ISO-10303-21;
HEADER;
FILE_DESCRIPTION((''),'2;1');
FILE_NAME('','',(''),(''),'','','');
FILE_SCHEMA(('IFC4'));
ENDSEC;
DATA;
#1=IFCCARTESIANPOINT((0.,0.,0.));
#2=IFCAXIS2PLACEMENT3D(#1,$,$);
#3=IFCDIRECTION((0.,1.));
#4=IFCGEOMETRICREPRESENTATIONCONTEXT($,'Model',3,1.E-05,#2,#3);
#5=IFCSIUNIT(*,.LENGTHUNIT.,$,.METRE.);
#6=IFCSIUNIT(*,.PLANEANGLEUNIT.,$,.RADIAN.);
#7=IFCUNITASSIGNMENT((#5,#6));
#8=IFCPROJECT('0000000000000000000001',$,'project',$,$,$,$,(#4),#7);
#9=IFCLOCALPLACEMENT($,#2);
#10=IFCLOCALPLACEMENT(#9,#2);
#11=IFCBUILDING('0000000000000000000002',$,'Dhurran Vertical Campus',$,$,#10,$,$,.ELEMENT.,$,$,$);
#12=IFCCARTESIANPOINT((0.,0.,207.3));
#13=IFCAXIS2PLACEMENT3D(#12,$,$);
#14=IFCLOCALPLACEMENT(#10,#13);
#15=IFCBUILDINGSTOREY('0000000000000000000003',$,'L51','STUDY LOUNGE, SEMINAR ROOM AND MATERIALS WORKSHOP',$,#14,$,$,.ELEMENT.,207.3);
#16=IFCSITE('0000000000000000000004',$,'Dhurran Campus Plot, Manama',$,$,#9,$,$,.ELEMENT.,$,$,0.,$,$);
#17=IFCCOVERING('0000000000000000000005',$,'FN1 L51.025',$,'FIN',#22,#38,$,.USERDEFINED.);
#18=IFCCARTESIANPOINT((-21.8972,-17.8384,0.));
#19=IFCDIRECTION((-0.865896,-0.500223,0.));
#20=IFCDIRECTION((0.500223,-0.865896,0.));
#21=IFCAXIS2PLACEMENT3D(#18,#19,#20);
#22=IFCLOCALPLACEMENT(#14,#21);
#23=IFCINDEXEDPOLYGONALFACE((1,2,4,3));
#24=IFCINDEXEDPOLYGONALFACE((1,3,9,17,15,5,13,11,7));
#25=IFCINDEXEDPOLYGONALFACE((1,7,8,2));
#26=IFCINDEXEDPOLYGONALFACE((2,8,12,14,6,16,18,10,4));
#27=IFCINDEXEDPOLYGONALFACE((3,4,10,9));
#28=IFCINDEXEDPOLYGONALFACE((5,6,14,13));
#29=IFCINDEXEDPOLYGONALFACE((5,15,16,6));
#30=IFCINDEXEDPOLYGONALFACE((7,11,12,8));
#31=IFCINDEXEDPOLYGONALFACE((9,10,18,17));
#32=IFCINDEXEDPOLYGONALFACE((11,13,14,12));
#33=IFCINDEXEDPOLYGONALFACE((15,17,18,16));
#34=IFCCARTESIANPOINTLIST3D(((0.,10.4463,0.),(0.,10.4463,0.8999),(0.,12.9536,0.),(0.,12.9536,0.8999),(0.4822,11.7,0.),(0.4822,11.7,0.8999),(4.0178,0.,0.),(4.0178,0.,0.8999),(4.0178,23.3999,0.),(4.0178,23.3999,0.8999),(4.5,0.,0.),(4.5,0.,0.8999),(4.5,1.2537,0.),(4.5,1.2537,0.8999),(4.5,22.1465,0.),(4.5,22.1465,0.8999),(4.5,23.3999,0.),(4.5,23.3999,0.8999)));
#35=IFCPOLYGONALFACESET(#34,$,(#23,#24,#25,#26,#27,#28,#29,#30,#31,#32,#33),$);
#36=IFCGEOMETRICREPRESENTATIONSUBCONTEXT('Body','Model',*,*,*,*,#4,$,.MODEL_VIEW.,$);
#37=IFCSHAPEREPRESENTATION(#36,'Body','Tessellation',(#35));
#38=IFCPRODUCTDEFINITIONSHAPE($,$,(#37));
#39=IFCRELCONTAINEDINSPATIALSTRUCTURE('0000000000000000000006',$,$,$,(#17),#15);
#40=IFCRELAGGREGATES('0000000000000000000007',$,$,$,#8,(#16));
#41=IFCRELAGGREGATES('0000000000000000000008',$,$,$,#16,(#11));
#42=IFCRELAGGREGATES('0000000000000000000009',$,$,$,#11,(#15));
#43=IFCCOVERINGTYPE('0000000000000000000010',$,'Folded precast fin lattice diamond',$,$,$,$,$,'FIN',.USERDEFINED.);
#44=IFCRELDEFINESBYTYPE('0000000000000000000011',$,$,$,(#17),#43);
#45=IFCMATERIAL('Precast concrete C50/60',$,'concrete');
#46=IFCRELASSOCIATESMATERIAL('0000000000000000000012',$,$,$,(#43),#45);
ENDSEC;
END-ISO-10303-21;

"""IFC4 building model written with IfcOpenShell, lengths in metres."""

from ifc_helpers import new_model, si_unit, direction, frame, origin, place, context, subcontext, project, spatial, polyline, outline, extrude, material, type_object, element, save


model = new_model("IFC4")

# Units and contexts
model_context = context("Model", 3, precision=1e-05, world=origin(), true_north=direction((0.0, 1.0)))
body_context = subcontext(model_context, "Body", "Model", "MODEL_VIEW")
ifc_project = project(units=[si_unit("LENGTHUNIT", "METRE"), si_unit("PLANEANGLEUNIT", "RADIAN")], contexts=[model_context])

# Site, building, storey
site_placement = place(None, origin())
site = spatial("IfcSite", under=ifc_project, at=site_placement, Name="Dhurran Campus Plot, Manama", CompositionType="ELEMENT", RefElevation=0.0)
building_placement = place(site_placement, origin())
building = spatial("IfcBuilding", under=site, at=building_placement, Name="Dhurran Vertical Campus", CompositionType="ELEMENT")
storey_placement = place(building_placement, frame((0.0, 0.0, 207.3)))
storey = spatial("IfcBuildingStorey", under=building, at=storey_placement, Name="L51", Description="STUDY LOUNGE, SEMINAR ROOM AND MATERIALS WORKSHOP", CompositionType="ELEMENT", Elevation=207.3)

# Covering
ifc_material_1 = material(Name="Precast concrete C50/60", Category="concrete")
covering_type = type_object("IfcCoveringType", Name="Folded precast fin lattice diamond", ElementType="FIN", PredefinedType="USERDEFINED", material=ifc_material_1)
covering_1_placement = place(storey_placement, frame((-21.8972, -17.8384, 0.0), z_axis=(-0.865896, -0.500223, 0.0), x_axis=(0.500223, -0.865896, 0.0)))
element("IfcCovering", 1, at=covering_1_placement, inside=storey, type_object=covering_type, Name="FN1 L51.025", ObjectType="FIN", PredefinedType="USERDEFINED", context=body_context, shape_type="SweptSolid", body=[
    extrude(outline(polyline([(4.0178, 0.0), (0.0, 10.4463), (0.0, 12.9536), (4.0178, 23.3999), (4.5, 23.3999), (4.5, 22.1465), (0.4822, 11.7), (4.5, 1.2537), (4.5, 0.0), (4.0178, 0.0)])), origin(), (0.0, 0.0, 1.0), 0.8999),
])

save(model, "model.ifc")
